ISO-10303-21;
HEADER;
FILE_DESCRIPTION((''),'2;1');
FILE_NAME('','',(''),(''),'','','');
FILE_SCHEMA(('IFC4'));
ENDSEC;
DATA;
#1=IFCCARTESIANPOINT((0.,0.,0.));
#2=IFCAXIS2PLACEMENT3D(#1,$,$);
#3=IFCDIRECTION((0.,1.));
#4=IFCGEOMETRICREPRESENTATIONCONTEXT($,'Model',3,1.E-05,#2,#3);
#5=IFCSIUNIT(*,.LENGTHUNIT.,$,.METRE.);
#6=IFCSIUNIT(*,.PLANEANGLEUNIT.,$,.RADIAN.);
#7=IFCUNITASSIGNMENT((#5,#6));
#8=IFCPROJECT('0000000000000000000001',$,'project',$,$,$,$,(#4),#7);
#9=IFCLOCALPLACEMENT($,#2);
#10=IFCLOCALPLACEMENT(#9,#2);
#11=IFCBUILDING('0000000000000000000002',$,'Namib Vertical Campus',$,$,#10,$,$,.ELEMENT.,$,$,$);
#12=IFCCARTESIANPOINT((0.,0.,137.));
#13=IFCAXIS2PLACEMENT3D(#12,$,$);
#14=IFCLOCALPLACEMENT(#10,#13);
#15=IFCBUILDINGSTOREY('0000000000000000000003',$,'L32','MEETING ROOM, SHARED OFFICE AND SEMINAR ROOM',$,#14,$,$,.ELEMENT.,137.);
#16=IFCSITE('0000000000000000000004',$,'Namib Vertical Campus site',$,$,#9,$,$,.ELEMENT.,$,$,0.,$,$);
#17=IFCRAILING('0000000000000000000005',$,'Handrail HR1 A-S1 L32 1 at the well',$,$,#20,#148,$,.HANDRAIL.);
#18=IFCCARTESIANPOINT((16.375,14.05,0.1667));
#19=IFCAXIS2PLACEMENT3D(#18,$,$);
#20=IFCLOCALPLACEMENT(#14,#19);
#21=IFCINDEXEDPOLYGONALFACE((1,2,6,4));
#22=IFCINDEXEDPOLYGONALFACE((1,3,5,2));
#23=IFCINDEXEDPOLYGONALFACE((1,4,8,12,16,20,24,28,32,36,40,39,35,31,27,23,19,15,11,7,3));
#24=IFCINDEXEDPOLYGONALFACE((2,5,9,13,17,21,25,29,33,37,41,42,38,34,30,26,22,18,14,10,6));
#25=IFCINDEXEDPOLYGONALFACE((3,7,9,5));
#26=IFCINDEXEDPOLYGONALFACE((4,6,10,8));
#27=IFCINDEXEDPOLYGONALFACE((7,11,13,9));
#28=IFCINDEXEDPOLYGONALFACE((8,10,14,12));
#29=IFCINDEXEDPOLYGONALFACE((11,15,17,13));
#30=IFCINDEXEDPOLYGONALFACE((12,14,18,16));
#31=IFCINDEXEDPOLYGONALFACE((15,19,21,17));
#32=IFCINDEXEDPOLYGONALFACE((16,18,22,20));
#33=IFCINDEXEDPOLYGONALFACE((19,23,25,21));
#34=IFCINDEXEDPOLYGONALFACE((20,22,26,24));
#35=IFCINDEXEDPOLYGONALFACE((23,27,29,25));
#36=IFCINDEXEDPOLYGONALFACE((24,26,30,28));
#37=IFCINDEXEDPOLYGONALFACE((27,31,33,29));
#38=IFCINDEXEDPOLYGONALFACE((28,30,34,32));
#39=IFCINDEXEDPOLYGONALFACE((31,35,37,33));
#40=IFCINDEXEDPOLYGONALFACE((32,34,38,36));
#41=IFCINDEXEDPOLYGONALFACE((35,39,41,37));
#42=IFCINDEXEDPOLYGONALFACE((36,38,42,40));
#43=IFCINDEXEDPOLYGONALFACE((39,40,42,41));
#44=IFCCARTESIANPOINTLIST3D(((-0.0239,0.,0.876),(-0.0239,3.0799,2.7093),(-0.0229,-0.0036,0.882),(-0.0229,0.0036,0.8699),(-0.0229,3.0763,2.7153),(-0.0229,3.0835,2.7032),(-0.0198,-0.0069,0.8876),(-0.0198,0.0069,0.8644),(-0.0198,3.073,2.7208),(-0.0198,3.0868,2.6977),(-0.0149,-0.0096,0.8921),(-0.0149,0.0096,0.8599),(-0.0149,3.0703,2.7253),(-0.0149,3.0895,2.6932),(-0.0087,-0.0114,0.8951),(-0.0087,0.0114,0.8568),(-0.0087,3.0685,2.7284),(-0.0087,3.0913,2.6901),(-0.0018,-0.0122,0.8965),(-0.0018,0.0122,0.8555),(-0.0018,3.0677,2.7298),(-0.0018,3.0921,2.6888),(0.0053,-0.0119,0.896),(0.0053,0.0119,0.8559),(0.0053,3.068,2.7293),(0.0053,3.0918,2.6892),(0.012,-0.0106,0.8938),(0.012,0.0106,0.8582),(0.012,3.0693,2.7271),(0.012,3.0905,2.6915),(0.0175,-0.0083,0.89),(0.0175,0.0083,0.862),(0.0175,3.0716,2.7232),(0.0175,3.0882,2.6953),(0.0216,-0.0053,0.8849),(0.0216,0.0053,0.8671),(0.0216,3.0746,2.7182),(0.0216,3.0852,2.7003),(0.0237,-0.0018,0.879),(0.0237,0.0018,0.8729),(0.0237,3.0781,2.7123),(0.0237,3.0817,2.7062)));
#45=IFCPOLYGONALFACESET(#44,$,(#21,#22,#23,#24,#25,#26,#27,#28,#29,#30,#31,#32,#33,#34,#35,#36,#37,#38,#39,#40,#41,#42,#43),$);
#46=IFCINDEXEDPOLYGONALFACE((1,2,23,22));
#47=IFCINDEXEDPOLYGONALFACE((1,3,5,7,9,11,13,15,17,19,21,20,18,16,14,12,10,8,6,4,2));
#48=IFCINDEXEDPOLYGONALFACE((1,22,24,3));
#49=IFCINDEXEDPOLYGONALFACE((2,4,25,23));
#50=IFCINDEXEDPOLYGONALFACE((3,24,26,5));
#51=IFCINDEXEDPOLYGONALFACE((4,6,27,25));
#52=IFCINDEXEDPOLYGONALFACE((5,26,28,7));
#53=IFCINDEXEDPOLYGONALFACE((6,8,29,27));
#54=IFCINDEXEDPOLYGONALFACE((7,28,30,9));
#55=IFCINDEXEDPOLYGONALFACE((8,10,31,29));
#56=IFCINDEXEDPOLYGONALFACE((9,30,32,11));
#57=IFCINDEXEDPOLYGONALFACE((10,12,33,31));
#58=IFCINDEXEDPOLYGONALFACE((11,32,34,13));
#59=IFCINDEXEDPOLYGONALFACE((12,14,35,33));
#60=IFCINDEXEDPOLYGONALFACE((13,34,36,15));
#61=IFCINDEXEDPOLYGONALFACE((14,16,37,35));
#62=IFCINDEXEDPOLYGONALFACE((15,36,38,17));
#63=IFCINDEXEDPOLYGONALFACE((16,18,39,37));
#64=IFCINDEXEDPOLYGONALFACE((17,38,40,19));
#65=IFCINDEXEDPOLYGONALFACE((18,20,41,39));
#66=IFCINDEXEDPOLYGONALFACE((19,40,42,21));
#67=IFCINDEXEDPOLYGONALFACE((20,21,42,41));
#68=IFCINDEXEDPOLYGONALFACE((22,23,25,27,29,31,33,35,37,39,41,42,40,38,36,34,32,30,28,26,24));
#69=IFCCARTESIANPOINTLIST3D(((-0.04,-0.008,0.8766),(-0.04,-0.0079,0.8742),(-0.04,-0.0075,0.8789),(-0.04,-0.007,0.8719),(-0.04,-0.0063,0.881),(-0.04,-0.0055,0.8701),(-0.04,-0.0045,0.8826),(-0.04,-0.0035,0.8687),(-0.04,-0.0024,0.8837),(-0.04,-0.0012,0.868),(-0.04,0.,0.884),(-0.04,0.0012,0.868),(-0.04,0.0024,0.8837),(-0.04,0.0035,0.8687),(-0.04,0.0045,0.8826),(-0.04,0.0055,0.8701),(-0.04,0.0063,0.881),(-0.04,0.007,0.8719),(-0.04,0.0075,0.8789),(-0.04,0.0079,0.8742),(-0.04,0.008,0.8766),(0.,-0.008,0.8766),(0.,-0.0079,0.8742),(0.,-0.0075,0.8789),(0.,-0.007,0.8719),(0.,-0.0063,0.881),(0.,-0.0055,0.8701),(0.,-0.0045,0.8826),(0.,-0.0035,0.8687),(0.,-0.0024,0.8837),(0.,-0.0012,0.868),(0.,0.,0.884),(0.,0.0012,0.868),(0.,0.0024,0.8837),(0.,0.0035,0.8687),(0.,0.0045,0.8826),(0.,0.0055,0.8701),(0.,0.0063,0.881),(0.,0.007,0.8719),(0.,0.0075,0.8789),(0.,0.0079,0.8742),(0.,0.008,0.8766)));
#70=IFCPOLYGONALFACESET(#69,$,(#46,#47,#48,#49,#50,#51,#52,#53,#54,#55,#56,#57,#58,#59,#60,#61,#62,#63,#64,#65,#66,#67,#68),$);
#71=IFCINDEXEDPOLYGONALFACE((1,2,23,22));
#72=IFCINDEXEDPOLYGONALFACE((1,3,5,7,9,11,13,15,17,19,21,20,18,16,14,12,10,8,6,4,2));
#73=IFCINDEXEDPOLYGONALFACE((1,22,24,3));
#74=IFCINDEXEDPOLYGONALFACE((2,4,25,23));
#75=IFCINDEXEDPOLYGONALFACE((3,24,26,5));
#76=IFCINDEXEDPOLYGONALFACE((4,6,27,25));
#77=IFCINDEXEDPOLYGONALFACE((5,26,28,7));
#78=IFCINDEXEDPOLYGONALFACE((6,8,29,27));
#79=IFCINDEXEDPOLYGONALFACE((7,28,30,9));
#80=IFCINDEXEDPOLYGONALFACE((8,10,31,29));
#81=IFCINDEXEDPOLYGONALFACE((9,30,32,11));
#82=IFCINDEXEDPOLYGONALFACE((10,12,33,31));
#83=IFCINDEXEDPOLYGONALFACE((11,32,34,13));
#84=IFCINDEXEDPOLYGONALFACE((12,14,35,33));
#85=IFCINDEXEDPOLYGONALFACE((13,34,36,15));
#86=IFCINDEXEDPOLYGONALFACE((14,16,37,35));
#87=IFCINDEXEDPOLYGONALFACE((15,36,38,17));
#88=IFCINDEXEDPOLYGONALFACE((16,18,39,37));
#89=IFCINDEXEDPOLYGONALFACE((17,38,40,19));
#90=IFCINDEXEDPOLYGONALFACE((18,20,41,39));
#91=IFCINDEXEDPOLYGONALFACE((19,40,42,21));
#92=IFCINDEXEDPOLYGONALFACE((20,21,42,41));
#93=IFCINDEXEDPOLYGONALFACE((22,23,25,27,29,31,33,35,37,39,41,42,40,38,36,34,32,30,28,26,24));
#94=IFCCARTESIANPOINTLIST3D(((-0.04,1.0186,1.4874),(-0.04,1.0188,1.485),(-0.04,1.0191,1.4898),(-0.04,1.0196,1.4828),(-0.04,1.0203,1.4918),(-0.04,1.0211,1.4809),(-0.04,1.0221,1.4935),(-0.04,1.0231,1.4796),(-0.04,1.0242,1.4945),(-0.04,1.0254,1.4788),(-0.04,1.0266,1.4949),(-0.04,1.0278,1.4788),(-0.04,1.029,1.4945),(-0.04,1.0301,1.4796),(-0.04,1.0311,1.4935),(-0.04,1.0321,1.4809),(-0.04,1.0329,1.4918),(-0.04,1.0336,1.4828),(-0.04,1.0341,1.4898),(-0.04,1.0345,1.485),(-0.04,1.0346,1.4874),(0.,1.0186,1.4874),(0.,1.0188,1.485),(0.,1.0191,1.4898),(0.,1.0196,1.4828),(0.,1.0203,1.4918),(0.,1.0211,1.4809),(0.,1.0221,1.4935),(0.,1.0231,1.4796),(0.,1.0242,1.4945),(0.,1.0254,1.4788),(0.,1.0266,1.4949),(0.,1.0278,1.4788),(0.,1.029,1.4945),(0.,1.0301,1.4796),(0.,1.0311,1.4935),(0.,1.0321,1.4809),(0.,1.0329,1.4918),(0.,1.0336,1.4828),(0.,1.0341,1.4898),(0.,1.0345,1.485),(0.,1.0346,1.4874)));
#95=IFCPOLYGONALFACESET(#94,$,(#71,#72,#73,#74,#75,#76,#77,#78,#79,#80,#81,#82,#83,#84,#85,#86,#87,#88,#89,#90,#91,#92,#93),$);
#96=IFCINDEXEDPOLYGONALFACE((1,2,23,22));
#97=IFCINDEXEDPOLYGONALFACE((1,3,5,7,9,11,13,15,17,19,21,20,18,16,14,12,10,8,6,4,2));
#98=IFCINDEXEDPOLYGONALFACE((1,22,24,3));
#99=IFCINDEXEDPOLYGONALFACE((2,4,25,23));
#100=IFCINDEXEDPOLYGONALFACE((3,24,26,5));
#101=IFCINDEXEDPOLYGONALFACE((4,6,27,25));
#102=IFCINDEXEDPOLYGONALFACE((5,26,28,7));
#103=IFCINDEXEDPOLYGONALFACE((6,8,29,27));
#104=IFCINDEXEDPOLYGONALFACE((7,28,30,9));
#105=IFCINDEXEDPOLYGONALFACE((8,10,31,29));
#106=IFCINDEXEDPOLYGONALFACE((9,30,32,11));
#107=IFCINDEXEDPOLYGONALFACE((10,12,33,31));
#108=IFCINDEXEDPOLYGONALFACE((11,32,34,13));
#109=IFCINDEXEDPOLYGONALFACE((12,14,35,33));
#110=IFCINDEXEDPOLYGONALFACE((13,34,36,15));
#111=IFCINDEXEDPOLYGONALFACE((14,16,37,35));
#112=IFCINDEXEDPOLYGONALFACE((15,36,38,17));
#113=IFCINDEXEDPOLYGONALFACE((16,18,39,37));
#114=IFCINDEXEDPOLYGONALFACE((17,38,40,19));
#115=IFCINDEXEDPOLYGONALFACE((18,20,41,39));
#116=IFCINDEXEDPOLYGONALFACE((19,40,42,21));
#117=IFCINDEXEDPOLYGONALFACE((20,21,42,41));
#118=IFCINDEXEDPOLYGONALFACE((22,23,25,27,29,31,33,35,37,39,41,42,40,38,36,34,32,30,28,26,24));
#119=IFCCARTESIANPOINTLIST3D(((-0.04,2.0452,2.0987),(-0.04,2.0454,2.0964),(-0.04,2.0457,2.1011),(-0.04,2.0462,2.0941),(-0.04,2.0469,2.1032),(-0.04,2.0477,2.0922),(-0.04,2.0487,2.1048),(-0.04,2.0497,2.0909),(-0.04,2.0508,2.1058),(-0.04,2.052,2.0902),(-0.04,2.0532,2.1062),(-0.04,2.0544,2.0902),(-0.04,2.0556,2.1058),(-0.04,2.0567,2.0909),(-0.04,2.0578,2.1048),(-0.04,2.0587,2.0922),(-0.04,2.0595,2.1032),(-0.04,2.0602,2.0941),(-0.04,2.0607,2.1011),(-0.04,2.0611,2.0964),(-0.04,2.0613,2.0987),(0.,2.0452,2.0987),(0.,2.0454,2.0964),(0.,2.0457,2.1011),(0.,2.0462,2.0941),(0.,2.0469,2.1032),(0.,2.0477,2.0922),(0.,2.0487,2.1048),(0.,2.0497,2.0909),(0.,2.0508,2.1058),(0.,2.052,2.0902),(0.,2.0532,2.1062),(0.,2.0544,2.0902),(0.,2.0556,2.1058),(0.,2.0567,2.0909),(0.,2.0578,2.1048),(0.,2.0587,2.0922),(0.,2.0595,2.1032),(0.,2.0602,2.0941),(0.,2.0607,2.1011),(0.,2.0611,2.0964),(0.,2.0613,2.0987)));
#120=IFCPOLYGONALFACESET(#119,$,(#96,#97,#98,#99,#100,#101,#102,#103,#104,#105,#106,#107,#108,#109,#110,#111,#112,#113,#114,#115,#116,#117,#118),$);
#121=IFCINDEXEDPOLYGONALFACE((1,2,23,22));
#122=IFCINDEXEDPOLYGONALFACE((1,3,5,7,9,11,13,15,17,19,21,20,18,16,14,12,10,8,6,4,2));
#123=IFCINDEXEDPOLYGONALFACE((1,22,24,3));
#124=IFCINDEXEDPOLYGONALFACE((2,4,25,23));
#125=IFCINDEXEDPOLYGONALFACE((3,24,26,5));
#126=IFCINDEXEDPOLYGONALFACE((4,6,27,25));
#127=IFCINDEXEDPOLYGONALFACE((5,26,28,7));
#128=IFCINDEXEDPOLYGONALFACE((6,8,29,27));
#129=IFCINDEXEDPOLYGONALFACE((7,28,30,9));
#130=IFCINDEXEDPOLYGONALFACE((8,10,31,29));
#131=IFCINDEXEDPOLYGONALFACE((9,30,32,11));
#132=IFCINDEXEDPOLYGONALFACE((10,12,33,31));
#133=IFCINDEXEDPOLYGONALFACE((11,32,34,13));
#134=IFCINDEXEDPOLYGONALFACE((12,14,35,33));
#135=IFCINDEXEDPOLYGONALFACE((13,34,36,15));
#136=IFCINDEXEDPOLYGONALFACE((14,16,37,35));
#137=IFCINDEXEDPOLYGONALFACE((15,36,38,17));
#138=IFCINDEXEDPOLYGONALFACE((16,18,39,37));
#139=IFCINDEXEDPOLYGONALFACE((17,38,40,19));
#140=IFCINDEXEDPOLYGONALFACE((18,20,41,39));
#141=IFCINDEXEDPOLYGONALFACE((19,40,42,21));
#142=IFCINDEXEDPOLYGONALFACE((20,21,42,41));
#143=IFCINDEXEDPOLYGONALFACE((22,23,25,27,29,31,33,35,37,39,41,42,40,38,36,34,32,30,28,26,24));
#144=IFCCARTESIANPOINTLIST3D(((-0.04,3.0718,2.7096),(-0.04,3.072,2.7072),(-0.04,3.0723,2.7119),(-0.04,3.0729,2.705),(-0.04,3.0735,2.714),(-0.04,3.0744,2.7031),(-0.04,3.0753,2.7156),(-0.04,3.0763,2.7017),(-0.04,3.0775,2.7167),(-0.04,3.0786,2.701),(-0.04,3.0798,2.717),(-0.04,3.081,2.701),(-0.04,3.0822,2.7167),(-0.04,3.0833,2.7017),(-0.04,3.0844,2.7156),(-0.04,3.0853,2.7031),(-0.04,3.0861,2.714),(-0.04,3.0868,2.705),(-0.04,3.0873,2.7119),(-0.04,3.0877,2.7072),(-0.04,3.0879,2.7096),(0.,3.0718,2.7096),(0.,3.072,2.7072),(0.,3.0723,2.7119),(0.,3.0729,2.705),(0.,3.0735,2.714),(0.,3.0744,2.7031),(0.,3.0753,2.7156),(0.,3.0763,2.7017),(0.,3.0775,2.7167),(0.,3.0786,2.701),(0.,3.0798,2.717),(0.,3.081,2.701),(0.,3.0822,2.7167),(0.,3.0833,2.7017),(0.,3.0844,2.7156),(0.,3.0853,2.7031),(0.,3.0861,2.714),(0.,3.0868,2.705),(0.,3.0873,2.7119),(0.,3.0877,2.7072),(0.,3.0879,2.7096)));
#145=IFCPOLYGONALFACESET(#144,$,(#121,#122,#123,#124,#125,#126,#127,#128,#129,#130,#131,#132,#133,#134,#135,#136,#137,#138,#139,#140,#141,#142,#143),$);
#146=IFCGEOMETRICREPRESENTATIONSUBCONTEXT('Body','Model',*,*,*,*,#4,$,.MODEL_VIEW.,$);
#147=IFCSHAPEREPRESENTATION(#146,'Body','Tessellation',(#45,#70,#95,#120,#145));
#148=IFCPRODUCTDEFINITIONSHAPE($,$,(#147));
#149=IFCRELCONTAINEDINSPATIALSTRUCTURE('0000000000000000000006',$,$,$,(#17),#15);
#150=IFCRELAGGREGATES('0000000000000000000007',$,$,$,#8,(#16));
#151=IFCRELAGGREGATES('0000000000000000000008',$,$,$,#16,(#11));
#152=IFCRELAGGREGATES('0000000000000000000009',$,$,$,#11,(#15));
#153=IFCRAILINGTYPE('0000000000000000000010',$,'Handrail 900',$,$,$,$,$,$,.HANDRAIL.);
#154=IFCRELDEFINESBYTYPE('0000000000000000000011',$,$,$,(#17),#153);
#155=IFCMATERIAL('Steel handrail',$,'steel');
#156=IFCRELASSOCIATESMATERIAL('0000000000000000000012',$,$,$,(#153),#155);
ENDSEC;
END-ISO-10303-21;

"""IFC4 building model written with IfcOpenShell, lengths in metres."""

from ifc_helpers import new_model, si_unit, direction, frame, origin, origin_2d, place, context, subcontext, project, spatial, circle, extrude, material, type_object, element, save


model = new_model("IFC4")

# Units and contexts
model_context = context("Model", 3, precision=1e-05, world=origin(), true_north=direction((0.0, 1.0)))
body_context = subcontext(model_context, "Body", "Model", "MODEL_VIEW")
ifc_project = project(units=[si_unit("LENGTHUNIT", "METRE"), si_unit("PLANEANGLEUNIT", "RADIAN")], contexts=[model_context])

# Site, building, storey
site_placement = place(None, origin())
site = spatial("IfcSite", under=ifc_project, at=site_placement, Name="Namib Vertical Campus site", CompositionType="ELEMENT", RefElevation=0.0)
building_placement = place(site_placement, origin())
building = spatial("IfcBuilding", under=site, at=building_placement, Name="Namib Vertical Campus", CompositionType="ELEMENT")
storey_placement = place(building_placement, frame((0.0, 0.0, 137.0)))
storey = spatial("IfcBuildingStorey", under=building, at=storey_placement, Name="L32", Description="MEETING ROOM, SHARED OFFICE AND SEMINAR ROOM", CompositionType="ELEMENT", Elevation=137.0)

# Railing
ifc_material_1 = material(Name="Steel handrail", Category="steel")
railing_type_1 = type_object("IfcRailingType", Name="Handrail 900", PredefinedType="HANDRAIL", material=ifc_material_1)
railing_1_placement = place(storey_placement, frame((16.375, 14.05, 0.1667)))
element("IfcRailing", 1, at=railing_1_placement, inside=storey, type_object=railing_type_1, Name="Handrail HR1 A-S1 L32 1 at the well", PredefinedType="HANDRAIL", context=body_context, shape_type="SweptSolid", body=[
    extrude(circle(Radius=0.0239, at=origin_2d()), frame((0.0, 0.0, 0.876), z_axis=(0.0, 0.859291, 0.511487), x_axis=(-1.0, 0.0, 0.0)), (0.0, 0.0, 1.0), 3.5842),
    extrude(circle(Radius=0.0081, at=origin_2d()), frame((0.0, 0.0, 0.876), z_axis=(-1.0, 0.0, 0.0), x_axis=(0.0, 0.0, 1.0)), (0.0, 0.0, 1.0), 0.04),
    extrude(circle(Radius=0.0081, at=origin_2d()), frame((0.0, 1.0266, 1.4868), z_axis=(-1.0, 0.0, 0.0), x_axis=(0.0, 0.0, 1.0)), (0.0, 0.0, 1.0), 0.04),
    extrude(circle(Radius=0.0081, at=origin_2d()), frame((0.0, 2.0532, 2.0981), z_axis=(-1.0, 0.0, 0.0), x_axis=(0.0, 0.0, 1.0)), (0.0, 0.0, 1.0), 0.04),
    extrude(circle(Radius=0.0081, at=origin_2d()), frame((0.0, 3.0798, 2.709), z_axis=(-1.0, 0.0, 0.0), x_axis=(0.0, 0.0, 1.0)), (0.0, 0.0, 1.0), 0.04),
])

save(model, "model.ifc")
